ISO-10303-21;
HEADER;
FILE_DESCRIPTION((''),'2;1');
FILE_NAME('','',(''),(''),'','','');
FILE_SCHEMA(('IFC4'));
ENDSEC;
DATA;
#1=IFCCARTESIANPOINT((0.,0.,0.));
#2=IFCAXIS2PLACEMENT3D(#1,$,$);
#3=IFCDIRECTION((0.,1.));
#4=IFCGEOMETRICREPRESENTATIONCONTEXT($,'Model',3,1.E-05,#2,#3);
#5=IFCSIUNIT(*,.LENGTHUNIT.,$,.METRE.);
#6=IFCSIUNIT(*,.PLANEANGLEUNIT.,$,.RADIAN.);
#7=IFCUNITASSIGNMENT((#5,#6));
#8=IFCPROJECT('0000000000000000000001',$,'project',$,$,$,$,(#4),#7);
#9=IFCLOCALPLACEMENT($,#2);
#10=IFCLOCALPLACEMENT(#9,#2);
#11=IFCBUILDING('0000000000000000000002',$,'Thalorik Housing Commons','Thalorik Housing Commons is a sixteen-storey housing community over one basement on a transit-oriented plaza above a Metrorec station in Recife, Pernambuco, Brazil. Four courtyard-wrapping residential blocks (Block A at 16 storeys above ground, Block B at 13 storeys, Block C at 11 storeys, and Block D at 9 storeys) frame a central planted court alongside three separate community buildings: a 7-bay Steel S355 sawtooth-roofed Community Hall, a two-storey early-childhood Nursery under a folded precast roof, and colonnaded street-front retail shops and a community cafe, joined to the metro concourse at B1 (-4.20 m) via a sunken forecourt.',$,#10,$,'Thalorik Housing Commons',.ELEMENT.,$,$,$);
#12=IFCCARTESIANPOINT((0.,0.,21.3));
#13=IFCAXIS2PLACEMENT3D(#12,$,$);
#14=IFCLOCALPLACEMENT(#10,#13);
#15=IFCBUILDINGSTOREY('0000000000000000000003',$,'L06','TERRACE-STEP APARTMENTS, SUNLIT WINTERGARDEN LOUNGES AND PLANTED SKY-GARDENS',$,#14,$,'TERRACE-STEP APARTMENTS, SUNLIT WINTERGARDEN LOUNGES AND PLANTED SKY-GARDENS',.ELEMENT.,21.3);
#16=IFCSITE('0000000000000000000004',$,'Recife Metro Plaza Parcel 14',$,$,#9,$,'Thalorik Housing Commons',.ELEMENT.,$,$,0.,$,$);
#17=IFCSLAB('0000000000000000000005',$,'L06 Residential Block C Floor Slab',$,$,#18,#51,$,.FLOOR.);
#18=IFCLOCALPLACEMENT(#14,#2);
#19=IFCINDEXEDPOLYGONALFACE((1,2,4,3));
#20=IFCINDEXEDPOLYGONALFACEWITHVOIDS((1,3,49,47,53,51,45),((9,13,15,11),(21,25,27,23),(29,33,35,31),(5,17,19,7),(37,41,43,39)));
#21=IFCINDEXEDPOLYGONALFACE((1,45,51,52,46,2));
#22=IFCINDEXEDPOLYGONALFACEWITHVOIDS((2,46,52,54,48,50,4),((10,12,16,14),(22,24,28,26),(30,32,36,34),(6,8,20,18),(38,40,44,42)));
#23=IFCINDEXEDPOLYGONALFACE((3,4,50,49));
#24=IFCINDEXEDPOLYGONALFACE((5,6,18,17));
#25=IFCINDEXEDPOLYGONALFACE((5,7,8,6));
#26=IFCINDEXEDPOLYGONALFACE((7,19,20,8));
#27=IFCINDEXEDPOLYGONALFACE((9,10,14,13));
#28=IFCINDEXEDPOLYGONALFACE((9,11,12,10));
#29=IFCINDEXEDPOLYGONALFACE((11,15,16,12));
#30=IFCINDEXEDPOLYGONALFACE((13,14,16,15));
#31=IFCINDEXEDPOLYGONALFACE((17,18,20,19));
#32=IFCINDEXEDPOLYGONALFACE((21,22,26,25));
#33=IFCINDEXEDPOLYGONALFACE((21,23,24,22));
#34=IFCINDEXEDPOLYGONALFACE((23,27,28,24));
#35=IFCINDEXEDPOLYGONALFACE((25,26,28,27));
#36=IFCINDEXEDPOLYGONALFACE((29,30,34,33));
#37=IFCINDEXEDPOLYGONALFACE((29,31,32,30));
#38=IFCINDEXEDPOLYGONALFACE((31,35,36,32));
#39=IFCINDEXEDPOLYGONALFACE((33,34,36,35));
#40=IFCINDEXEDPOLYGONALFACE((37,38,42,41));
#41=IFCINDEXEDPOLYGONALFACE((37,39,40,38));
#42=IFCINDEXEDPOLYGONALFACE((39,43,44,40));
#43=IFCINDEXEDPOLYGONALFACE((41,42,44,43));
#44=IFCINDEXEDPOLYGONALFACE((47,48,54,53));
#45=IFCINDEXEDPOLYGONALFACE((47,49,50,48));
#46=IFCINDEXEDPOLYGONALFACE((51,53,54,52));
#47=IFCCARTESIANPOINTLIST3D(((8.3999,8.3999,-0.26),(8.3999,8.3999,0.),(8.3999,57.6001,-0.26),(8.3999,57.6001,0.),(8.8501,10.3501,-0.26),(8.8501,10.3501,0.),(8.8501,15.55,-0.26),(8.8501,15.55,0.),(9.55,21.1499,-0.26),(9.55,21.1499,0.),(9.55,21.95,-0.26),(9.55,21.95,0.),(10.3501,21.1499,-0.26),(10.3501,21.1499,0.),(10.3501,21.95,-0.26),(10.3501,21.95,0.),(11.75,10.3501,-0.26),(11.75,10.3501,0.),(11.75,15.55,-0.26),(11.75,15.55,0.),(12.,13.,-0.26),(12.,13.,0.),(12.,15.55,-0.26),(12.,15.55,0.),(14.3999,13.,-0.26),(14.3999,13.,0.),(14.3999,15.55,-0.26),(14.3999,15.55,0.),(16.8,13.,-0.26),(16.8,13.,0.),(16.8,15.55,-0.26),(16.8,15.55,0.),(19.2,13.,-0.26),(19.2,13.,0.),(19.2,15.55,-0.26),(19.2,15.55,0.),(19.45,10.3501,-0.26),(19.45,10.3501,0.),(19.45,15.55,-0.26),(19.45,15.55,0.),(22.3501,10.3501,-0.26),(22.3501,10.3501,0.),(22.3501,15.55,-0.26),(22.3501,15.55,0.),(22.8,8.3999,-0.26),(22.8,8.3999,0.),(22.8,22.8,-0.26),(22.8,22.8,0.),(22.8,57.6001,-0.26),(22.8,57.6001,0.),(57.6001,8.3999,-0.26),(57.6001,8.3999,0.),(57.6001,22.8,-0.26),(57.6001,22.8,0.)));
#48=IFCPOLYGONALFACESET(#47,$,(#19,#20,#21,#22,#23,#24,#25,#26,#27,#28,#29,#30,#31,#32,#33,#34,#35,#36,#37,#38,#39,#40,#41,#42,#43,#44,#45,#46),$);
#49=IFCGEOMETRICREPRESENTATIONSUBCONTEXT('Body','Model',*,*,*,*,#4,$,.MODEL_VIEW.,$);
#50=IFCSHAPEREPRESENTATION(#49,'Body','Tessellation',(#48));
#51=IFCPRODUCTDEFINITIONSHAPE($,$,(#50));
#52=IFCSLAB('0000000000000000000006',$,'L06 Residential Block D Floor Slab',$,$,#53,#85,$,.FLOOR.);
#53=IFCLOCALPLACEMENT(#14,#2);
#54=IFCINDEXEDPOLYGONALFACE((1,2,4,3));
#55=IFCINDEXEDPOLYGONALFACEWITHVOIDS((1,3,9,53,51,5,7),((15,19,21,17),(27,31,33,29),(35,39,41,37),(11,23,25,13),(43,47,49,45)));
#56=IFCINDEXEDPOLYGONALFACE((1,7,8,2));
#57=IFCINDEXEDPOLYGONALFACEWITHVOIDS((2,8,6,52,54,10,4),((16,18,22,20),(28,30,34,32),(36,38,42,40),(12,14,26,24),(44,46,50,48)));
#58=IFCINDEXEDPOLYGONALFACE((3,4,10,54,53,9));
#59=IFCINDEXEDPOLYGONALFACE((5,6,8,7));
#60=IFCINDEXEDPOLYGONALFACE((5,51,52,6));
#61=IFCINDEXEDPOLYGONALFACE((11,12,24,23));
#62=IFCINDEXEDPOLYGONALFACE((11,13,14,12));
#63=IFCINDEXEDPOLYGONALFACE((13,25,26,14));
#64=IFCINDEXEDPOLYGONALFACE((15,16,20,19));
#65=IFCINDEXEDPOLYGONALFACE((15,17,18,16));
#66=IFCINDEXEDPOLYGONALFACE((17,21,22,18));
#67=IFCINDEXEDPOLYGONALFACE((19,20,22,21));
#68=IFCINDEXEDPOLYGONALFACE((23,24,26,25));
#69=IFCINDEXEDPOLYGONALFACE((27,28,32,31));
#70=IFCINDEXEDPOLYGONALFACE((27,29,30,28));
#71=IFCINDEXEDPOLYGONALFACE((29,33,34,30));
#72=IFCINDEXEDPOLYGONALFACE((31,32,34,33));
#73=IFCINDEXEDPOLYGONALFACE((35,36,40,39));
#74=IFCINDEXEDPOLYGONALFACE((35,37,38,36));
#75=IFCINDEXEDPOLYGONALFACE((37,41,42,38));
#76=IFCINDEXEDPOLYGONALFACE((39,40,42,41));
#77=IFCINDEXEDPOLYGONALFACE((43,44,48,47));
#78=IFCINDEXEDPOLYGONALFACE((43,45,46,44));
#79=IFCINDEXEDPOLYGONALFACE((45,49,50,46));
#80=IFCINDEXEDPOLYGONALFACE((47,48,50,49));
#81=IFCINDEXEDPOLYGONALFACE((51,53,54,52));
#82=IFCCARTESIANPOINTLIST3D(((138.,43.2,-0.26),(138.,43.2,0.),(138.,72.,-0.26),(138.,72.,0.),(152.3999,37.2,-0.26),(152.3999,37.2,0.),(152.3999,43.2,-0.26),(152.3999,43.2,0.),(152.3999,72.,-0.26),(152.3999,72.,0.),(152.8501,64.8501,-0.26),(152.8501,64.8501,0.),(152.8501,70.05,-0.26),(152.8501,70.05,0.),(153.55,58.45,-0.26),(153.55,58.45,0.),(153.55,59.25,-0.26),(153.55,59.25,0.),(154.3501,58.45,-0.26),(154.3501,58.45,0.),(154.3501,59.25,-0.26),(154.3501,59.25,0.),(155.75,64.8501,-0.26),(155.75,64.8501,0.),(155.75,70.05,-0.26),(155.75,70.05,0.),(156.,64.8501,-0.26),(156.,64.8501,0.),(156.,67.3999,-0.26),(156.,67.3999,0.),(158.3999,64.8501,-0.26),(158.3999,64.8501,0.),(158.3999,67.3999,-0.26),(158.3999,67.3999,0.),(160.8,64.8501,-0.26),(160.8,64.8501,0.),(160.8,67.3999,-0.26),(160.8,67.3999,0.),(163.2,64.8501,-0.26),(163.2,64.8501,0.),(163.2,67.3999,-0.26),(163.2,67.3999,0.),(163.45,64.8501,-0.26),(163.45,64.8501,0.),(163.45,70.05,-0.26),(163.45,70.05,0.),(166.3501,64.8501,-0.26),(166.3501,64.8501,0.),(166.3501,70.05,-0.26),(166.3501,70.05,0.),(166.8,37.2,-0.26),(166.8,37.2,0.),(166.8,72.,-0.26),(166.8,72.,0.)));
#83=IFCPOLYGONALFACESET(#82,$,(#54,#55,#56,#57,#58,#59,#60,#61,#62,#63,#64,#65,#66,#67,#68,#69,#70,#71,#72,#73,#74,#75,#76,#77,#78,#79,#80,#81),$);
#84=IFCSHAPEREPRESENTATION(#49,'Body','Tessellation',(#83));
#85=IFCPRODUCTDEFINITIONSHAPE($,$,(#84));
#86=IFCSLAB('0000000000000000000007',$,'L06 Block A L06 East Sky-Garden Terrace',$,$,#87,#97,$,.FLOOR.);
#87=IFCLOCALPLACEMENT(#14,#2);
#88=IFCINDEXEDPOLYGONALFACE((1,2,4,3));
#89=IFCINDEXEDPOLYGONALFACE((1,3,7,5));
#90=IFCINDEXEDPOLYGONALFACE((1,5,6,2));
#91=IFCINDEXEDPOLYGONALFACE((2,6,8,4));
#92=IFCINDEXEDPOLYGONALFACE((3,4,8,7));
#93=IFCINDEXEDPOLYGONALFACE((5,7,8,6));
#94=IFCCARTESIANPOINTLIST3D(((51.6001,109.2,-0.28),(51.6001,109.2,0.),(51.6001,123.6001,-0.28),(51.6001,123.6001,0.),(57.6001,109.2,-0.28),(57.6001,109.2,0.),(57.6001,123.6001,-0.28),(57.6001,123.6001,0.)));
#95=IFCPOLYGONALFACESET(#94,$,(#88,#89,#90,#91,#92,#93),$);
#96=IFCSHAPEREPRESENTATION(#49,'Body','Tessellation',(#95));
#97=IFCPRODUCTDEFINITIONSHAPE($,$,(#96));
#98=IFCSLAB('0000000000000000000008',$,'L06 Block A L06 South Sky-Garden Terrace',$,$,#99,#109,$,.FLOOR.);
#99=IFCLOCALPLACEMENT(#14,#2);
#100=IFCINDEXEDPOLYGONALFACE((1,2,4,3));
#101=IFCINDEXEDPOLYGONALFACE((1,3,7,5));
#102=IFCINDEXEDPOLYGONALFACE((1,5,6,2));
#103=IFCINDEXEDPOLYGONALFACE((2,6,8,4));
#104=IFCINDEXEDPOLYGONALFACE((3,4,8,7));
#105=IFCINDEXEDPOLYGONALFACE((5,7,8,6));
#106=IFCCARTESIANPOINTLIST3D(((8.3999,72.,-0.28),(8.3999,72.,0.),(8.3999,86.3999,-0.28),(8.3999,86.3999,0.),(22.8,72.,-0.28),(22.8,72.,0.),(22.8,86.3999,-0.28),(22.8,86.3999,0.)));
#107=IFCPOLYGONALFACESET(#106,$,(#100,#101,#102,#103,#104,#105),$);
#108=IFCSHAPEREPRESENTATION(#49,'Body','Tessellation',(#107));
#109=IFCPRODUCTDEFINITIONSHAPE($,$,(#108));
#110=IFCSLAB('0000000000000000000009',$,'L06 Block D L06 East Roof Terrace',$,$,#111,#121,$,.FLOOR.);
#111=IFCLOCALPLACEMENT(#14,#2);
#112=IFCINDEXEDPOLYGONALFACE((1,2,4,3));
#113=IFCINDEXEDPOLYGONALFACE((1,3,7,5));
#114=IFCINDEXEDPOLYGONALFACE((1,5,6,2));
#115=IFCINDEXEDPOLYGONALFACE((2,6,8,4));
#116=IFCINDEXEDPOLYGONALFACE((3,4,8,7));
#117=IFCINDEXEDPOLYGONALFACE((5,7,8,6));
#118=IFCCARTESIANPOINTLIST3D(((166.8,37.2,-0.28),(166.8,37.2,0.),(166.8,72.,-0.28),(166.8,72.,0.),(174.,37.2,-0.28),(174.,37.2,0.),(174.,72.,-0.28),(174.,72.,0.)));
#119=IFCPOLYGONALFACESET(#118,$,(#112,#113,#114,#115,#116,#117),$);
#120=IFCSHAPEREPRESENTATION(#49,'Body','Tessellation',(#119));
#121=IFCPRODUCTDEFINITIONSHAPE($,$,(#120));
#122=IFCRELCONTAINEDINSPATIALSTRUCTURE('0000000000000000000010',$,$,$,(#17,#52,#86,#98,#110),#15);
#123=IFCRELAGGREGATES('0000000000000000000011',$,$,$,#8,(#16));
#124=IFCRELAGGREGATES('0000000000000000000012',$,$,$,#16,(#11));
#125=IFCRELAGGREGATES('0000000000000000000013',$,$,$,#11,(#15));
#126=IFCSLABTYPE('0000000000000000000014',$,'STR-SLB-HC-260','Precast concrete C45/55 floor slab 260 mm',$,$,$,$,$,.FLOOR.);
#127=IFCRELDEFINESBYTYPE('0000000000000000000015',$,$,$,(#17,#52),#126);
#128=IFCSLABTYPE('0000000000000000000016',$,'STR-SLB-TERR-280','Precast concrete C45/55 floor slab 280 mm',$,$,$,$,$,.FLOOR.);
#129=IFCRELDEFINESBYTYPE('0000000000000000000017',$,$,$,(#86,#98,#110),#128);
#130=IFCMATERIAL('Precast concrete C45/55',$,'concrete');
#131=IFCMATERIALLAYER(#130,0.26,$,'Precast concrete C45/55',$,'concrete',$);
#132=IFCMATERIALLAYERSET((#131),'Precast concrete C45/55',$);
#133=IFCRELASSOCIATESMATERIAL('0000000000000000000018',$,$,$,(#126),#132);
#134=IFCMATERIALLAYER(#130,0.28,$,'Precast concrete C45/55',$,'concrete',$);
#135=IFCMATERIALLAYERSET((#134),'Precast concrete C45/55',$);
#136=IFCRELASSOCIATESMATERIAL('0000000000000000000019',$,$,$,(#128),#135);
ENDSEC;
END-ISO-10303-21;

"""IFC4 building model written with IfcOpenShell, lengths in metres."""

from ifc_helpers import new_model, si_unit, direction, frame, origin, place, context, subcontext, project, spatial, polyline, outline, extrude, material, layer, layer_set, type_object, element, save


model = new_model("IFC4")

# Units and contexts
model_context = context("Model", 3, precision=1e-05, world=origin(), true_north=direction((0.0, 1.0)))
body_context = subcontext(model_context, "Body", "Model", "MODEL_VIEW")
ifc_project = project(units=[si_unit("LENGTHUNIT", "METRE"), si_unit("PLANEANGLEUNIT", "RADIAN")], contexts=[model_context])

# Site, building, storey
site_placement = place(None, origin())
site = spatial("IfcSite", under=ifc_project, at=site_placement, Name="Recife Metro Plaza Parcel 14", LongName="Thalorik Housing Commons", CompositionType="ELEMENT", RefElevation=0.0)
building_placement = place(site_placement, origin())
building = spatial("IfcBuilding", under=site, at=building_placement, Name="Thalorik Housing Commons", Description="Thalorik Housing Commons is a sixteen-storey housing community over one basement on a transit-oriented plaza above a Metrorec station in Recife, Pernambuco, Brazil. Four courtyard-wrapping residential blocks (Block A at 16 storeys above ground, Block B at 13 storeys, Block C at 11 storeys, and Block D at 9 storeys) frame a central planted court alongside three separate community buildings: a 7-bay Steel S355 sawtooth-roofed Community Hall, a two-storey early-childhood Nursery under a folded precast roof, and colonnaded street-front retail shops and a community cafe, joined to the metro concourse at B1 (-4.20 m) via a sunken forecourt.", LongName="Thalorik Housing Commons", CompositionType="ELEMENT")
storey_placement = place(building_placement, frame((0.0, 0.0, 21.3)))
storey = spatial("IfcBuildingStorey", under=building, at=storey_placement, Name="L06", Description="TERRACE-STEP APARTMENTS, SUNLIT WINTERGARDEN LOUNGES AND PLANTED SKY-GARDENS", LongName="TERRACE-STEP APARTMENTS, SUNLIT WINTERGARDEN LOUNGES AND PLANTED SKY-GARDENS", CompositionType="ELEMENT", Elevation=21.3)

# Slabs
ifc_material_1 = material(Name="Precast concrete C45/55", Category="concrete")
ifc_layer_1 = layer(ifc_material_1, 0.26, Name="Precast concrete C45/55", Category="concrete")
ifc_layer_set_1 = layer_set([ifc_layer_1], Name="Precast concrete C45/55")
slab_type_1 = type_object("IfcSlabType", Name="STR-SLB-HC-260", Description="Precast concrete C45/55 floor slab 260 mm", PredefinedType="FLOOR", material=ifc_layer_set_1)
slab_1_placement = place(storey_placement, frame((0.0, 0.0, -0.26)))
element("IfcSlab", 1, at=slab_1_placement, inside=storey, type_object=slab_type_1, Name="L06 Residential Block C Floor Slab", PredefinedType="FLOOR", context=body_context, shape_type="SweptSolid", body=[
    extrude(outline(polyline([(8.3999, 8.3999), (22.8, 8.3999), (57.6001, 8.3999), (57.6001, 22.8), (22.8, 22.8), (22.8, 57.6001), (8.3999, 57.6001), (8.3999, 8.3999)]), holes=[polyline([(11.75, 10.3501), (8.8501, 10.3501), (8.8501, 15.55), (11.75, 15.55), (11.75, 10.3501)]), polyline([(19.45, 10.3501), (19.45, 15.55), (22.3501, 15.55), (22.3501, 10.3501), (19.45, 10.3501)]), polyline([(14.3999, 15.55), (14.3999, 13.0), (12.0, 13.0), (12.0, 15.55), (14.3999, 15.55)]), polyline([(19.2, 13.0), (16.8, 13.0), (16.8, 15.55), (19.2, 15.55), (19.2, 13.0)]), polyline([(9.55, 21.1499), (9.55, 21.95), (10.3501, 21.95), (10.3501, 21.1499), (9.55, 21.1499)])]), origin(), (0.0, 0.0, 1.0), 0.26),
])
slab_2_placement = place(storey_placement, frame((0.0, 0.0, -0.26)))
element("IfcSlab", 2, at=slab_2_placement, inside=storey, type_object=slab_type_1, Name="L06 Residential Block D Floor Slab", PredefinedType="FLOOR", context=body_context, shape_type="SweptSolid", body=[
    extrude(outline(polyline([(152.3999, 43.2), (152.3999, 37.2), (166.8, 37.2), (166.8, 72.0), (152.3999, 72.0), (138.0, 72.0), (138.0, 43.2), (152.3999, 43.2)]), holes=[polyline([(152.8501, 70.05), (155.75, 70.05), (155.75, 64.8501), (152.8501, 64.8501), (152.8501, 70.05)]), polyline([(166.3501, 70.05), (166.3501, 64.8501), (163.45, 64.8501), (163.45, 70.05), (166.3501, 70.05)]), polyline([(158.3999, 67.3999), (158.3999, 64.8501), (156.0, 64.8501), (156.0, 67.3999), (158.3999, 67.3999)]), polyline([(163.2, 64.8501), (160.8, 64.8501), (160.8, 67.3999), (163.2, 67.3999), (163.2, 64.8501)]), polyline([(153.55, 58.45), (153.55, 59.25), (154.3501, 59.25), (154.3501, 58.45), (153.55, 58.45)])]), origin(), (0.0, 0.0, 1.0), 0.26),
])
ifc_layer_2 = layer(ifc_material_1, 0.28, Name="Precast concrete C45/55", Category="concrete")
ifc_layer_set_2 = layer_set([ifc_layer_2], Name="Precast concrete C45/55")
slab_type_2 = type_object("IfcSlabType", Name="STR-SLB-TERR-280", Description="Precast concrete C45/55 floor slab 280 mm", PredefinedType="FLOOR", material=ifc_layer_set_2)
slab_3_placement = place(storey_placement, frame((0.0, 0.0, -0.28)))
element("IfcSlab", 3, at=slab_3_placement, inside=storey, type_object=slab_type_2, Name="L06 Block A L06 East Sky-Garden Terrace", PredefinedType="FLOOR", context=body_context, shape_type="SweptSolid", body=[
    extrude(outline(polyline([(57.6001, 109.2), (57.6001, 123.6001), (51.6001, 123.6001), (51.6001, 109.2), (57.6001, 109.2)])), origin(), (0.0, 0.0, 1.0), 0.28),
])
slab_4_placement = place(storey_placement, frame((0.0, 0.0, -0.28)))
element("IfcSlab", 4, at=slab_4_placement, inside=storey, type_object=slab_type_2, Name="L06 Block A L06 South Sky-Garden Terrace", PredefinedType="FLOOR", context=body_context, shape_type="SweptSolid", body=[
    extrude(outline(polyline([(22.8, 72.0), (22.8, 86.3999), (8.3999, 86.3999), (8.3999, 72.0), (22.8, 72.0)])), origin(), (0.0, 0.0, 1.0), 0.28),
])
slab_5_placement = place(storey_placement, frame((0.0, 0.0, -0.28)))
element("IfcSlab", 5, at=slab_5_placement, inside=storey, type_object=slab_type_2, Name="L06 Block D L06 East Roof Terrace", PredefinedType="FLOOR", context=body_context, shape_type="SweptSolid", body=[
    extrude(outline(polyline([(174.0, 37.2), (174.0, 72.0), (166.8, 72.0), (166.8, 37.2), (174.0, 37.2)])), origin(), (0.0, 0.0, 1.0), 0.28),
])

save(model, "model.ifc")
